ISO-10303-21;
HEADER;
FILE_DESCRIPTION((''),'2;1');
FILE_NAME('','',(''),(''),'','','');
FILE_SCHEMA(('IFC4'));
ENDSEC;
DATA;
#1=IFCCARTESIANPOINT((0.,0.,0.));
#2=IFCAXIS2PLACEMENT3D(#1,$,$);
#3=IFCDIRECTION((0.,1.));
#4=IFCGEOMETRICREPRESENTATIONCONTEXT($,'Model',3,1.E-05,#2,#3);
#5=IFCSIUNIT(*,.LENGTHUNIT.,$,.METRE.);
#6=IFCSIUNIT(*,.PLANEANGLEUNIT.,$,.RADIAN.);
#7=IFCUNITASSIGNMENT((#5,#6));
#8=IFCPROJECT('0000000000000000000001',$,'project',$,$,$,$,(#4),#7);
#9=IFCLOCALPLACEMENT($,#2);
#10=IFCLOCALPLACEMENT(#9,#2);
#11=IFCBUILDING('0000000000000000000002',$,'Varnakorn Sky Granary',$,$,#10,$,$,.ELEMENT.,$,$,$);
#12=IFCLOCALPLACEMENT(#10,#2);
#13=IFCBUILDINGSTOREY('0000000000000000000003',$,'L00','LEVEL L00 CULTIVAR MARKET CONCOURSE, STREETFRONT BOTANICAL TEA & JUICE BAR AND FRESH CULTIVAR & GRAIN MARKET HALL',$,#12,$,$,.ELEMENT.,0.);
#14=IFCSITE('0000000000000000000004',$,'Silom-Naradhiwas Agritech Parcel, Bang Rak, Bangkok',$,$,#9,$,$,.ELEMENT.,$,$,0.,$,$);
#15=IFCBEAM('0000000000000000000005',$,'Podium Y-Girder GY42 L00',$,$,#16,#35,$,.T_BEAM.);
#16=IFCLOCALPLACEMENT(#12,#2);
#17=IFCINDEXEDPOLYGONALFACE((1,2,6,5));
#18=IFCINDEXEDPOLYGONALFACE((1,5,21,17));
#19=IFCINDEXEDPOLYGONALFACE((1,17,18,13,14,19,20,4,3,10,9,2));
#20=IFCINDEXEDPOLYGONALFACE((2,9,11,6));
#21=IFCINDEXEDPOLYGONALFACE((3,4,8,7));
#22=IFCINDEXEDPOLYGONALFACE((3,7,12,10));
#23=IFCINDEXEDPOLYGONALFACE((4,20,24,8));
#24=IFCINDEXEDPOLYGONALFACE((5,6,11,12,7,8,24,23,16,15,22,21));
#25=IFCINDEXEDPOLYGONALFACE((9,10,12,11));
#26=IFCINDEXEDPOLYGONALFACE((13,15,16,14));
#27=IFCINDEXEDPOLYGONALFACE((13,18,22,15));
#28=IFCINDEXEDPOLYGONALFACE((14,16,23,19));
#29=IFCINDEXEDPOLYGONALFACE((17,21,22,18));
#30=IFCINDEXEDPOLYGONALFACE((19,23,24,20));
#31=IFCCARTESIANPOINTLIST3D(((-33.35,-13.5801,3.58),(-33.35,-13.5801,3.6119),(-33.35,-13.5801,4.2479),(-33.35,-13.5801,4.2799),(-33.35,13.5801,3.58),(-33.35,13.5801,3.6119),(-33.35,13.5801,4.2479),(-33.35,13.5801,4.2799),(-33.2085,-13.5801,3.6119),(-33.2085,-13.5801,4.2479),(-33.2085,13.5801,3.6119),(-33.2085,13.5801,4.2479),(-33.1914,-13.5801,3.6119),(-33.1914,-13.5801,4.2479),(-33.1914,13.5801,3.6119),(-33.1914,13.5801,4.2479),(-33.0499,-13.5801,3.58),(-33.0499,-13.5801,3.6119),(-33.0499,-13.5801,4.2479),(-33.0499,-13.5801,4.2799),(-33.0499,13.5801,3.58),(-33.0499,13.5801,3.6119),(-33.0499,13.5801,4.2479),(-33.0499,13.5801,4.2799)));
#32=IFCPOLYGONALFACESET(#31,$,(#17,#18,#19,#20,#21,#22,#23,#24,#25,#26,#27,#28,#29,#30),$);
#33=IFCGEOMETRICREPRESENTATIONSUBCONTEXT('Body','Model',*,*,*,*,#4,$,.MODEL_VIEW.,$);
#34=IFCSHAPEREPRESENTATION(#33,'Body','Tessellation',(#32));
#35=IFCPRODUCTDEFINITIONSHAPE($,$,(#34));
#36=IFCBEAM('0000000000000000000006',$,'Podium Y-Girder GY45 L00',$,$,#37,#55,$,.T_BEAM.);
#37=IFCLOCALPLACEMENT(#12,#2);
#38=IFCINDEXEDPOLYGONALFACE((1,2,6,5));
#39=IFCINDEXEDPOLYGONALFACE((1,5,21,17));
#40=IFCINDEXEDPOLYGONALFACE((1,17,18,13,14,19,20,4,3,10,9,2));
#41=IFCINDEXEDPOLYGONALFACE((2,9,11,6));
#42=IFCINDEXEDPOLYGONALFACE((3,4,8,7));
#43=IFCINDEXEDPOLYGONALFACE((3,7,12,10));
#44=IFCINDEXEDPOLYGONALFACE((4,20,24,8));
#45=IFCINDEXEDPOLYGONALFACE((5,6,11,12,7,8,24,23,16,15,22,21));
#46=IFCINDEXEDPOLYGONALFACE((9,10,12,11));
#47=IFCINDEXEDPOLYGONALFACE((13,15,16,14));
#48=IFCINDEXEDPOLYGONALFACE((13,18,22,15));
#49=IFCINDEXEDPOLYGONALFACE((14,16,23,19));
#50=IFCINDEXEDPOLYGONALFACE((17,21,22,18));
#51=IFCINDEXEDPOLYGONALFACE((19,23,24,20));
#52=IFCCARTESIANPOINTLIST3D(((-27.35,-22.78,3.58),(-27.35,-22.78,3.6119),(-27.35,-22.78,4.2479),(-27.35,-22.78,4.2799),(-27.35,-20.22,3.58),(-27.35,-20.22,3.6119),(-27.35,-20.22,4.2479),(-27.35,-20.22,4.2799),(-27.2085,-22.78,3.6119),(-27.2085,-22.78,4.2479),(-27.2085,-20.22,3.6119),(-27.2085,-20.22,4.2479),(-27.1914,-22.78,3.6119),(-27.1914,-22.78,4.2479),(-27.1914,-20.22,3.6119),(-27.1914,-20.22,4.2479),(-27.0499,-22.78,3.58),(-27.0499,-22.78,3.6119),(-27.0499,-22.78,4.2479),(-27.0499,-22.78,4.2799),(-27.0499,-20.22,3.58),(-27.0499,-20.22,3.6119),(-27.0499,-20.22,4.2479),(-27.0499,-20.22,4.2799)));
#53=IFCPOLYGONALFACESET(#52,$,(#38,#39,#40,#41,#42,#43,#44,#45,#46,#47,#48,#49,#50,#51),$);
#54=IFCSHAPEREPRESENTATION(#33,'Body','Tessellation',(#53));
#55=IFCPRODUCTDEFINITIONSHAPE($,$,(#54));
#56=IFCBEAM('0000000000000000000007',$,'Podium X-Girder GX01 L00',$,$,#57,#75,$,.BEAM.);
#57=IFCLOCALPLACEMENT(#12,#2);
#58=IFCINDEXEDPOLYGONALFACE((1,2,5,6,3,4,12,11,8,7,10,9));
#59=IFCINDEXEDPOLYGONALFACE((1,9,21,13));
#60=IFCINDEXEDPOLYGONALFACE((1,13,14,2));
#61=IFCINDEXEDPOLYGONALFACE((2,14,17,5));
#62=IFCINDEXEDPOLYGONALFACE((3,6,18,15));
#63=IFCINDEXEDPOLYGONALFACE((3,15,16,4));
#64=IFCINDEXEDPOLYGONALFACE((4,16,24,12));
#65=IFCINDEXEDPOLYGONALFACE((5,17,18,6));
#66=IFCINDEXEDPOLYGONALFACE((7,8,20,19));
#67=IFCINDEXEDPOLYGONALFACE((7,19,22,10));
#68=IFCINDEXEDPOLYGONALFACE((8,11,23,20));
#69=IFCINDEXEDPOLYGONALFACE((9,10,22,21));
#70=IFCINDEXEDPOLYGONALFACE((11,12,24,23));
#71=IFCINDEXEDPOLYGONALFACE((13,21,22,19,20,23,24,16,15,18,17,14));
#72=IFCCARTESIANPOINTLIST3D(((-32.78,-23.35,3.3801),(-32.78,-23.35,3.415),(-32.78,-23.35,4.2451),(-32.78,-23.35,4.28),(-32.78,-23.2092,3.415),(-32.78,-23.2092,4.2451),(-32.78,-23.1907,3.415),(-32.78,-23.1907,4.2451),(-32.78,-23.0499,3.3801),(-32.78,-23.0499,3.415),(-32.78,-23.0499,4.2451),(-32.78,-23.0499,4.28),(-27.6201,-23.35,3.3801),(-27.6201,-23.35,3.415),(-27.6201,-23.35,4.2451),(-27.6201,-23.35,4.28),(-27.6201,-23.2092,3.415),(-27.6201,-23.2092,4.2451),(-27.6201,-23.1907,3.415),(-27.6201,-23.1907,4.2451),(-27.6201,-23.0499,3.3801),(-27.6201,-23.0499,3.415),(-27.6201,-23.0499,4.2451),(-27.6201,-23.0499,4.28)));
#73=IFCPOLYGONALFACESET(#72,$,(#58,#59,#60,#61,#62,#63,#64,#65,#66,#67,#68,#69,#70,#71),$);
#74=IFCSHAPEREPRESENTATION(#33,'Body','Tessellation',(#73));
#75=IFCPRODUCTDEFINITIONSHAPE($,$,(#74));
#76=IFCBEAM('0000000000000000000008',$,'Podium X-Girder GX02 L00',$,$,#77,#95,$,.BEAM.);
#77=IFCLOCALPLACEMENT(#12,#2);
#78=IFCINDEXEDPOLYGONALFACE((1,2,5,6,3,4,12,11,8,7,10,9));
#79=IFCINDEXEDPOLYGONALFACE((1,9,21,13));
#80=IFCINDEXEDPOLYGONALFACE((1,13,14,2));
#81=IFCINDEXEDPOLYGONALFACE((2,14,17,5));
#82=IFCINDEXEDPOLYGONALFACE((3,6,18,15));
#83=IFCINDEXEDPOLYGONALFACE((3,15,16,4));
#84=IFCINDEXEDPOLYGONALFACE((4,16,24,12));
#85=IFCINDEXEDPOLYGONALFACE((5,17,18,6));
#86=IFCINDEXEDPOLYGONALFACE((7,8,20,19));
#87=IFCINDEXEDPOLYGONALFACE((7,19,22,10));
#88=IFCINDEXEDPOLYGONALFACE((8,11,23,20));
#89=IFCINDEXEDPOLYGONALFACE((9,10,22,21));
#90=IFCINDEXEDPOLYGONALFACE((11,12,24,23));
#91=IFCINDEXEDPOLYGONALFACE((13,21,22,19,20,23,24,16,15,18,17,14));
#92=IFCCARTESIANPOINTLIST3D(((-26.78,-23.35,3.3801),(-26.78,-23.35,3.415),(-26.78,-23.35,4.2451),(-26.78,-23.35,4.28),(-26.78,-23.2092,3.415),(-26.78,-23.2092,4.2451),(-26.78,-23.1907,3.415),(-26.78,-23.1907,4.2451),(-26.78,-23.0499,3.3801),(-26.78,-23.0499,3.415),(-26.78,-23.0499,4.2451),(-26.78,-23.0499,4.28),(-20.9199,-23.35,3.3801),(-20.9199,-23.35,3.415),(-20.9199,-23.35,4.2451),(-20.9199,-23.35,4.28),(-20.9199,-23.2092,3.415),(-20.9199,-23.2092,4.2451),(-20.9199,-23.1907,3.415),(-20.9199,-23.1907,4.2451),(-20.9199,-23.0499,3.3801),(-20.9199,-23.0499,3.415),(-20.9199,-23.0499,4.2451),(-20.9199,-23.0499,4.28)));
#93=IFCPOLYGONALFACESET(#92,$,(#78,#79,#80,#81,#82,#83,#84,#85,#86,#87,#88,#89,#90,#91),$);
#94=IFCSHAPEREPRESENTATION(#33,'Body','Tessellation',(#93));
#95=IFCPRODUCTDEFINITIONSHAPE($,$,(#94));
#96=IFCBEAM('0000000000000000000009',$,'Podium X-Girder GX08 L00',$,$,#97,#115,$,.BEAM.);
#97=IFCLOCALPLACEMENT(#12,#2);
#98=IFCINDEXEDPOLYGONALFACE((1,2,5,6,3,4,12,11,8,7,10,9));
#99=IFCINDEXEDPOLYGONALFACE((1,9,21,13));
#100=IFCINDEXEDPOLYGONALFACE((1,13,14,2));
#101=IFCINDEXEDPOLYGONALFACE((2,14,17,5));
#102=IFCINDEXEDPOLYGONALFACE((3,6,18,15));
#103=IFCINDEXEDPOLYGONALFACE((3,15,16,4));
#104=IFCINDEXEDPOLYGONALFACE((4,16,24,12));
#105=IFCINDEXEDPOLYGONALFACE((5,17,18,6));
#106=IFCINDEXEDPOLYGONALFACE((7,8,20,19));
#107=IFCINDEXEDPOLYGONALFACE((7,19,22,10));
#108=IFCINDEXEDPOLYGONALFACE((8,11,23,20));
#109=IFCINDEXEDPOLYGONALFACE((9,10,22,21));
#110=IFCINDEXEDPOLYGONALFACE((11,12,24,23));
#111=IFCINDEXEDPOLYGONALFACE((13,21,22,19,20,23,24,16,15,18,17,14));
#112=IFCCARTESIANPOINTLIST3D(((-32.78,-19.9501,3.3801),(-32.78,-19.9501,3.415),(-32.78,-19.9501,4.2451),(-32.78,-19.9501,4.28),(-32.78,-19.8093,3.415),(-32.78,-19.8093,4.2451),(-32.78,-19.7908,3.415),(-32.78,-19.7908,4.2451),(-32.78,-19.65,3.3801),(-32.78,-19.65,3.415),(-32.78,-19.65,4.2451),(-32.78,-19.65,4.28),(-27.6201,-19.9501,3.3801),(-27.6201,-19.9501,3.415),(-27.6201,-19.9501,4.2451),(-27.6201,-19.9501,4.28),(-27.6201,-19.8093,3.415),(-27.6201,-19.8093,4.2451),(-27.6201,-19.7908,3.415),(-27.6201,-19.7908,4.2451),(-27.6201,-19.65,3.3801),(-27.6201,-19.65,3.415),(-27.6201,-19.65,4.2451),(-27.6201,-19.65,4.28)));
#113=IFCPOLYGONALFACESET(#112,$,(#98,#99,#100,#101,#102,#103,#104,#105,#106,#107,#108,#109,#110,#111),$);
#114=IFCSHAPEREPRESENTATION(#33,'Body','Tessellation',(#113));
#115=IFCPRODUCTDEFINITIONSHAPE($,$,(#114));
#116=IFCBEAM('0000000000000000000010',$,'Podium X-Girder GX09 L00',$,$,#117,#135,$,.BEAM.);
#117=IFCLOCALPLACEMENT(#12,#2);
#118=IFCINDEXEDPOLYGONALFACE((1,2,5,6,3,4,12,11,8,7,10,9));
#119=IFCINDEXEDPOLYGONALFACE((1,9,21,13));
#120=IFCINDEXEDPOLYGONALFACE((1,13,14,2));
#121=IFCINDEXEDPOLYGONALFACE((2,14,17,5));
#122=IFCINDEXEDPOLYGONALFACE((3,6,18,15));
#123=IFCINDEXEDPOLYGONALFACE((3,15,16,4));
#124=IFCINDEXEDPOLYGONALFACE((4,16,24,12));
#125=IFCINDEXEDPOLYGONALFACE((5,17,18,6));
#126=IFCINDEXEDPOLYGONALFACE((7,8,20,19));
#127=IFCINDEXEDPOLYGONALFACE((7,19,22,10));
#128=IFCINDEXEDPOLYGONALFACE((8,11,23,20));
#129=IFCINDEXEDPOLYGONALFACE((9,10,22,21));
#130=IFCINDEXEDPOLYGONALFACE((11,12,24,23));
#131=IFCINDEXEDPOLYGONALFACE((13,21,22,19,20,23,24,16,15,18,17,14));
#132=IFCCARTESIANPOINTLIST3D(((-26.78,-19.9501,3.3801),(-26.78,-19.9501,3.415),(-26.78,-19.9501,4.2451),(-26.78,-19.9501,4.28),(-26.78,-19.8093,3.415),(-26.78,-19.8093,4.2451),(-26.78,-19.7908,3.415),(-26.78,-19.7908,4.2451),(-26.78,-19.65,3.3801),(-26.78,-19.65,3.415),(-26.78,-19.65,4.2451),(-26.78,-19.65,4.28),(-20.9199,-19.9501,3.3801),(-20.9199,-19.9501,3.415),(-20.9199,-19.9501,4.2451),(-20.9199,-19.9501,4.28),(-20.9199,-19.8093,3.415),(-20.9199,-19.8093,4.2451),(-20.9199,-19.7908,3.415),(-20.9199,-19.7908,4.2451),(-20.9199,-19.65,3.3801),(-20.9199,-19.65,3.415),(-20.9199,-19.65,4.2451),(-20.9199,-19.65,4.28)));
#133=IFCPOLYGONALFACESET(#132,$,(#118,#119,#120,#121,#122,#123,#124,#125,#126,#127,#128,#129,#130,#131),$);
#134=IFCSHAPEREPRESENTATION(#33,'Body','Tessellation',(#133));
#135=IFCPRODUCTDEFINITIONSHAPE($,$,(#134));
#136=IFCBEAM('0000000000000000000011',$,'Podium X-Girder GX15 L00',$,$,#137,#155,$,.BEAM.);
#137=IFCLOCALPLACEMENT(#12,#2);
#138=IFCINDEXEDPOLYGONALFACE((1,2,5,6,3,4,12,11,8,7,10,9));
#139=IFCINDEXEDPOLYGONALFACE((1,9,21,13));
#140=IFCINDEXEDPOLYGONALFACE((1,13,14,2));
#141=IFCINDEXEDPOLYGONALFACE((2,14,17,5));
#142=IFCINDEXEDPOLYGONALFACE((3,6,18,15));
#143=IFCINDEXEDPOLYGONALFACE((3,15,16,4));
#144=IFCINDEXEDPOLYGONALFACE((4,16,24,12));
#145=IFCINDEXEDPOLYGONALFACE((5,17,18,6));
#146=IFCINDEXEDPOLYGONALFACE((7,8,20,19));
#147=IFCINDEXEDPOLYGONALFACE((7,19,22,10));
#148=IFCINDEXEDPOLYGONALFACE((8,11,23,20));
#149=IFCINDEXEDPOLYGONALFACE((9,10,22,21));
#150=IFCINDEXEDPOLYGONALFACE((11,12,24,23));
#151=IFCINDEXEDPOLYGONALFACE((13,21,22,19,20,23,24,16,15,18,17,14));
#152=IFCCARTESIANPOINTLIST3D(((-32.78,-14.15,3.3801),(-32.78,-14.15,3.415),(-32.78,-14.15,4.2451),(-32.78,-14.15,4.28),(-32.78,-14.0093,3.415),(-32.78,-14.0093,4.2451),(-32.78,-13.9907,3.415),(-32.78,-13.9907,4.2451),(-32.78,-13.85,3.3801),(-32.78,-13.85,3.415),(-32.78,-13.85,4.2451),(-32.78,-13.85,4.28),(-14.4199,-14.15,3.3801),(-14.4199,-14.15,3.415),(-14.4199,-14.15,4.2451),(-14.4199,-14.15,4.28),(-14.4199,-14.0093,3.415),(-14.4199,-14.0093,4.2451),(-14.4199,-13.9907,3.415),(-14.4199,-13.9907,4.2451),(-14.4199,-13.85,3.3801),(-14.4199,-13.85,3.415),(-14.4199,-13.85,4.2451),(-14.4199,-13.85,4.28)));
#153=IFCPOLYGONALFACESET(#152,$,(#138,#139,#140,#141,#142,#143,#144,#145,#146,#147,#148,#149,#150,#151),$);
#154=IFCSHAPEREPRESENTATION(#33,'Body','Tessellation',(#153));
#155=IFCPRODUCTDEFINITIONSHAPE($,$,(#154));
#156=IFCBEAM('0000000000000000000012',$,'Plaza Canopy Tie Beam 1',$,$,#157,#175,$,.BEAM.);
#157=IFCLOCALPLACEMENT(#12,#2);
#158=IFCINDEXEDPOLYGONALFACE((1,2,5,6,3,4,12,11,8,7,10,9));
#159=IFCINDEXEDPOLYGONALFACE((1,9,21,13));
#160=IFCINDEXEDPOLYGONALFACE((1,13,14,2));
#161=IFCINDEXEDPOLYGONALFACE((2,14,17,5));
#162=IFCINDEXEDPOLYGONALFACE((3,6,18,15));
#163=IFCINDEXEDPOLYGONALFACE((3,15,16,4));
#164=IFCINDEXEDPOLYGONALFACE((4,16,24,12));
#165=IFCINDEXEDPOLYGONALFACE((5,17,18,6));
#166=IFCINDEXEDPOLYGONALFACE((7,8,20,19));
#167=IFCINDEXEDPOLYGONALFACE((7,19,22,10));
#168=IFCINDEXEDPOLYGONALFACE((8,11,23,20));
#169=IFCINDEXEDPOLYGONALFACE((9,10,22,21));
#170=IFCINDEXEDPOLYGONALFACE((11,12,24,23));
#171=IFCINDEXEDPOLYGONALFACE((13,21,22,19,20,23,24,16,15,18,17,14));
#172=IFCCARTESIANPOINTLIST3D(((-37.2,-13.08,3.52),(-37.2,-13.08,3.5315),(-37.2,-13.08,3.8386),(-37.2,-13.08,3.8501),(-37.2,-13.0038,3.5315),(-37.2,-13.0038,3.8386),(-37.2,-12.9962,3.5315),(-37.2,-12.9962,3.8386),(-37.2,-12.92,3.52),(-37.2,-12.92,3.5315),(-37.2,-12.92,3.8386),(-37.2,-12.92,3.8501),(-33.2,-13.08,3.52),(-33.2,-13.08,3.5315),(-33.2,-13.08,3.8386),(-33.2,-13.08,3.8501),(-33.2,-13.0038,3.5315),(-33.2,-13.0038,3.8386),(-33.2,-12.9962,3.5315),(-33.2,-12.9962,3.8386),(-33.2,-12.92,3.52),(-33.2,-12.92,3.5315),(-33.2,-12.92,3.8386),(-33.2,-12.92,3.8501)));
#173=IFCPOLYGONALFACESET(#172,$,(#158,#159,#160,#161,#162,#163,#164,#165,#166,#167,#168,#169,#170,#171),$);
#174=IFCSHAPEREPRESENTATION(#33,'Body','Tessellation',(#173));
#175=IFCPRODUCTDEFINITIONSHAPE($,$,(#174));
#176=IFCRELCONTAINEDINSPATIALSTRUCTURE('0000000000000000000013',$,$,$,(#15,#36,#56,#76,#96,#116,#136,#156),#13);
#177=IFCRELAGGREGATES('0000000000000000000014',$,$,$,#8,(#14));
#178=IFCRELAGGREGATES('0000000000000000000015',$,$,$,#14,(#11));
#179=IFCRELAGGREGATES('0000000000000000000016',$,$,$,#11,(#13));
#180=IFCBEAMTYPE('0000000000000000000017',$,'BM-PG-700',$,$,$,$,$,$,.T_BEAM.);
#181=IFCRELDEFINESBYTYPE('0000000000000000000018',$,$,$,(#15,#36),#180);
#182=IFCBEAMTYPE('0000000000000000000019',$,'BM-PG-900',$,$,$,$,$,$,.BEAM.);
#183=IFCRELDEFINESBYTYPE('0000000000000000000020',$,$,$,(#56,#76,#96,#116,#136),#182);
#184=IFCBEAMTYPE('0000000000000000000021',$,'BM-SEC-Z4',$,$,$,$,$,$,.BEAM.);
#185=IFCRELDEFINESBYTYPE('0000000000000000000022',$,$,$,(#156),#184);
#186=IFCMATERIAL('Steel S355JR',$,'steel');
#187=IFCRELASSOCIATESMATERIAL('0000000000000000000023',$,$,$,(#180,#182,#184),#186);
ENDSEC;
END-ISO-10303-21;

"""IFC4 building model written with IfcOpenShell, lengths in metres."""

from ifc_helpers import new_model, si_unit, direction, frame, origin, origin_2d, place, context, subcontext, project, spatial, i_section, extrude, material, material_profile, profile_set, type_object, element, save


model = new_model("IFC4")

# Units and contexts
model_context = context("Model", 3, precision=1e-05, world=origin(), true_north=direction((0.0, 1.0)))
body_context = subcontext(model_context, "Body", "Model", "MODEL_VIEW")
ifc_project = project(units=[si_unit("LENGTHUNIT", "METRE"), si_unit("PLANEANGLEUNIT", "RADIAN")], contexts=[model_context])

# Site, building, storey
site_placement = place(None, origin())
site = spatial("IfcSite", under=ifc_project, at=site_placement, Name="Silom-Naradhiwas Agritech Parcel, Bang Rak, Bangkok", CompositionType="ELEMENT", RefElevation=0.0)
building_placement = place(site_placement, origin())
building = spatial("IfcBuilding", under=site, at=building_placement, Name="Varnakorn Sky Granary", CompositionType="ELEMENT")
storey_placement = place(building_placement, origin())
storey = spatial("IfcBuildingStorey", under=building, at=storey_placement, Name="L00", Description="LEVEL L00 CULTIVAR MARKET CONCOURSE, STREETFRONT BOTANICAL TEA & JUICE BAR AND FRESH CULTIVAR & GRAIN MARKET HALL", CompositionType="ELEMENT", Elevation=0.0)

# Beams
ifc_material_1 = material(Name="Steel S355JR", Category="steel")
ifc_material_profile_1 = material_profile(ifc_material_1, i_section(OverallWidth=0.3, OverallDepth=0.7, WebThickness=0.0171, FlangeThickness=0.032, at=origin_2d()), Name="HE 700 B")
ifc_profile_set_1 = profile_set([ifc_material_profile_1], Name="Steel S355JR")
beam_type_1 = type_object("IfcBeamType", Name="BM-PG-700", PredefinedType="T_BEAM", material=ifc_profile_set_1)
beam_1_placement = place(storey_placement, frame((-33.2, -13.5801, 3.9299), z_axis=(0.0, 1.0, 0.0), x_axis=(-1.0, 0.0, 0.0)))
element("IfcBeam", 1, at=beam_1_placement, inside=storey, type_object=beam_type_1, Name="Podium Y-Girder GY42 L00", PredefinedType="T_BEAM", context=body_context, shape_type="SweptSolid", body=[
    extrude(i_section(OverallWidth=0.3, OverallDepth=0.7, WebThickness=0.0171, FlangeThickness=0.032, at=origin_2d()), origin(), (0.0, 0.0, 1.0), 27.1602),
])
beam_2_placement = place(storey_placement, frame((-27.2, -22.78, 3.9299), z_axis=(0.0, 1.0, 0.0), x_axis=(-1.0, 0.0, 0.0)))
element("IfcBeam", 2, at=beam_2_placement, inside=storey, type_object=beam_type_1, Name="Podium Y-Girder GY45 L00", PredefinedType="T_BEAM", context=body_context, shape_type="SweptSolid", body=[
    extrude(i_section(OverallWidth=0.3, OverallDepth=0.7, WebThickness=0.0171, FlangeThickness=0.032, at=origin_2d()), origin(), (0.0, 0.0, 1.0), 2.5601),
])
ifc_material_profile_2 = material_profile(ifc_material_1, i_section(OverallWidth=0.3, OverallDepth=0.8999, WebThickness=0.0186, FlangeThickness=0.0349, at=origin_2d()), Name="HE 900 B")
ifc_profile_set_2 = profile_set([ifc_material_profile_2], Name="Steel S355JR")
beam_type_2 = type_object("IfcBeamType", Name="BM-PG-900", PredefinedType="BEAM", material=ifc_profile_set_2)
beam_3_placement = place(storey_placement, frame((-32.78, -23.2, 3.8301), z_axis=(1.0, 0.0, 0.0), x_axis=(0.0, 1.0, 0.0)))
element("IfcBeam", 3, at=beam_3_placement, inside=storey, type_object=beam_type_2, Name="Podium X-Girder GX01 L00", PredefinedType="BEAM", context=body_context, shape_type="SweptSolid", body=[
    extrude(i_section(OverallWidth=0.3, OverallDepth=0.8999, WebThickness=0.0186, FlangeThickness=0.0349, at=origin_2d()), origin(), (0.0, 0.0, 1.0), 5.1599),
])
beam_4_placement = place(storey_placement, frame((-26.78, -23.2, 3.8301), z_axis=(1.0, 0.0, 0.0), x_axis=(0.0, 1.0, 0.0)))
element("IfcBeam", 4, at=beam_4_placement, inside=storey, type_object=beam_type_2, Name="Podium X-Girder GX02 L00", PredefinedType="BEAM", context=body_context, shape_type="SweptSolid", body=[
    extrude(i_section(OverallWidth=0.3, OverallDepth=0.8999, WebThickness=0.0186, FlangeThickness=0.0349, at=origin_2d()), origin(), (0.0, 0.0, 1.0), 5.8601),
])
beam_5_placement = place(storey_placement, frame((-32.78, -19.8, 3.8301), z_axis=(1.0, 0.0, 0.0), x_axis=(0.0, 1.0, 0.0)))
element("IfcBeam", 5, at=beam_5_placement, inside=storey, type_object=beam_type_2, Name="Podium X-Girder GX08 L00", PredefinedType="BEAM", context=body_context, shape_type="SweptSolid", body=[
    extrude(i_section(OverallWidth=0.3, OverallDepth=0.8999, WebThickness=0.0186, FlangeThickness=0.0349, at=origin_2d()), origin(), (0.0, 0.0, 1.0), 5.1599),
])
beam_6_placement = place(storey_placement, frame((-26.78, -19.8, 3.8301), z_axis=(1.0, 0.0, 0.0), x_axis=(0.0, 1.0, 0.0)))
element("IfcBeam", 6, at=beam_6_placement, inside=storey, type_object=beam_type_2, Name="Podium X-Girder GX09 L00", PredefinedType="BEAM", context=body_context, shape_type="SweptSolid", body=[
    extrude(i_section(OverallWidth=0.3, OverallDepth=0.8999, WebThickness=0.0186, FlangeThickness=0.0349, at=origin_2d()), origin(), (0.0, 0.0, 1.0), 5.8601),
])
beam_7_placement = place(storey_placement, frame((-32.78, -14.0, 3.8301), z_axis=(1.0, 0.0, 0.0), x_axis=(0.0, 1.0, 0.0)))
element("IfcBeam", 7, at=beam_7_placement, inside=storey, type_object=beam_type_2, Name="Podium X-Girder GX15 L00", PredefinedType="BEAM", context=body_context, shape_type="SweptSolid", body=[
    extrude(i_section(OverallWidth=0.3, OverallDepth=0.8999, WebThickness=0.0186, FlangeThickness=0.0349, at=origin_2d()), origin(), (0.0, 0.0, 1.0), 18.3601),
])
ifc_material_profile_3 = material_profile(ifc_material_1, i_section(OverallWidth=0.1599, OverallDepth=0.3301, WebThickness=0.0076, FlangeThickness=0.0115, at=origin_2d()), Name="IPE 330")
ifc_profile_set_3 = profile_set([ifc_material_profile_3], Name="Steel S355JR")
beam_type_3 = type_object("IfcBeamType", Name="BM-SEC-Z4", PredefinedType="BEAM", material=ifc_profile_set_3)
beam_8_placement = place(storey_placement, frame((-37.2, -13.0, 3.6851), z_axis=(1.0, 0.0, 0.0), x_axis=(0.0, 1.0, 0.0)))
element("IfcBeam", 8, at=beam_8_placement, inside=storey, type_object=beam_type_3, Name="Plaza Canopy Tie Beam 1", PredefinedType="BEAM", context=body_context, shape_type="SweptSolid", body=[
    extrude(i_section(OverallWidth=0.1599, OverallDepth=0.3301, WebThickness=0.0076, FlangeThickness=0.0115, at=origin_2d()), origin(), (0.0, 0.0, 1.0), 4.0),
])

save(model, "model.ifc")
